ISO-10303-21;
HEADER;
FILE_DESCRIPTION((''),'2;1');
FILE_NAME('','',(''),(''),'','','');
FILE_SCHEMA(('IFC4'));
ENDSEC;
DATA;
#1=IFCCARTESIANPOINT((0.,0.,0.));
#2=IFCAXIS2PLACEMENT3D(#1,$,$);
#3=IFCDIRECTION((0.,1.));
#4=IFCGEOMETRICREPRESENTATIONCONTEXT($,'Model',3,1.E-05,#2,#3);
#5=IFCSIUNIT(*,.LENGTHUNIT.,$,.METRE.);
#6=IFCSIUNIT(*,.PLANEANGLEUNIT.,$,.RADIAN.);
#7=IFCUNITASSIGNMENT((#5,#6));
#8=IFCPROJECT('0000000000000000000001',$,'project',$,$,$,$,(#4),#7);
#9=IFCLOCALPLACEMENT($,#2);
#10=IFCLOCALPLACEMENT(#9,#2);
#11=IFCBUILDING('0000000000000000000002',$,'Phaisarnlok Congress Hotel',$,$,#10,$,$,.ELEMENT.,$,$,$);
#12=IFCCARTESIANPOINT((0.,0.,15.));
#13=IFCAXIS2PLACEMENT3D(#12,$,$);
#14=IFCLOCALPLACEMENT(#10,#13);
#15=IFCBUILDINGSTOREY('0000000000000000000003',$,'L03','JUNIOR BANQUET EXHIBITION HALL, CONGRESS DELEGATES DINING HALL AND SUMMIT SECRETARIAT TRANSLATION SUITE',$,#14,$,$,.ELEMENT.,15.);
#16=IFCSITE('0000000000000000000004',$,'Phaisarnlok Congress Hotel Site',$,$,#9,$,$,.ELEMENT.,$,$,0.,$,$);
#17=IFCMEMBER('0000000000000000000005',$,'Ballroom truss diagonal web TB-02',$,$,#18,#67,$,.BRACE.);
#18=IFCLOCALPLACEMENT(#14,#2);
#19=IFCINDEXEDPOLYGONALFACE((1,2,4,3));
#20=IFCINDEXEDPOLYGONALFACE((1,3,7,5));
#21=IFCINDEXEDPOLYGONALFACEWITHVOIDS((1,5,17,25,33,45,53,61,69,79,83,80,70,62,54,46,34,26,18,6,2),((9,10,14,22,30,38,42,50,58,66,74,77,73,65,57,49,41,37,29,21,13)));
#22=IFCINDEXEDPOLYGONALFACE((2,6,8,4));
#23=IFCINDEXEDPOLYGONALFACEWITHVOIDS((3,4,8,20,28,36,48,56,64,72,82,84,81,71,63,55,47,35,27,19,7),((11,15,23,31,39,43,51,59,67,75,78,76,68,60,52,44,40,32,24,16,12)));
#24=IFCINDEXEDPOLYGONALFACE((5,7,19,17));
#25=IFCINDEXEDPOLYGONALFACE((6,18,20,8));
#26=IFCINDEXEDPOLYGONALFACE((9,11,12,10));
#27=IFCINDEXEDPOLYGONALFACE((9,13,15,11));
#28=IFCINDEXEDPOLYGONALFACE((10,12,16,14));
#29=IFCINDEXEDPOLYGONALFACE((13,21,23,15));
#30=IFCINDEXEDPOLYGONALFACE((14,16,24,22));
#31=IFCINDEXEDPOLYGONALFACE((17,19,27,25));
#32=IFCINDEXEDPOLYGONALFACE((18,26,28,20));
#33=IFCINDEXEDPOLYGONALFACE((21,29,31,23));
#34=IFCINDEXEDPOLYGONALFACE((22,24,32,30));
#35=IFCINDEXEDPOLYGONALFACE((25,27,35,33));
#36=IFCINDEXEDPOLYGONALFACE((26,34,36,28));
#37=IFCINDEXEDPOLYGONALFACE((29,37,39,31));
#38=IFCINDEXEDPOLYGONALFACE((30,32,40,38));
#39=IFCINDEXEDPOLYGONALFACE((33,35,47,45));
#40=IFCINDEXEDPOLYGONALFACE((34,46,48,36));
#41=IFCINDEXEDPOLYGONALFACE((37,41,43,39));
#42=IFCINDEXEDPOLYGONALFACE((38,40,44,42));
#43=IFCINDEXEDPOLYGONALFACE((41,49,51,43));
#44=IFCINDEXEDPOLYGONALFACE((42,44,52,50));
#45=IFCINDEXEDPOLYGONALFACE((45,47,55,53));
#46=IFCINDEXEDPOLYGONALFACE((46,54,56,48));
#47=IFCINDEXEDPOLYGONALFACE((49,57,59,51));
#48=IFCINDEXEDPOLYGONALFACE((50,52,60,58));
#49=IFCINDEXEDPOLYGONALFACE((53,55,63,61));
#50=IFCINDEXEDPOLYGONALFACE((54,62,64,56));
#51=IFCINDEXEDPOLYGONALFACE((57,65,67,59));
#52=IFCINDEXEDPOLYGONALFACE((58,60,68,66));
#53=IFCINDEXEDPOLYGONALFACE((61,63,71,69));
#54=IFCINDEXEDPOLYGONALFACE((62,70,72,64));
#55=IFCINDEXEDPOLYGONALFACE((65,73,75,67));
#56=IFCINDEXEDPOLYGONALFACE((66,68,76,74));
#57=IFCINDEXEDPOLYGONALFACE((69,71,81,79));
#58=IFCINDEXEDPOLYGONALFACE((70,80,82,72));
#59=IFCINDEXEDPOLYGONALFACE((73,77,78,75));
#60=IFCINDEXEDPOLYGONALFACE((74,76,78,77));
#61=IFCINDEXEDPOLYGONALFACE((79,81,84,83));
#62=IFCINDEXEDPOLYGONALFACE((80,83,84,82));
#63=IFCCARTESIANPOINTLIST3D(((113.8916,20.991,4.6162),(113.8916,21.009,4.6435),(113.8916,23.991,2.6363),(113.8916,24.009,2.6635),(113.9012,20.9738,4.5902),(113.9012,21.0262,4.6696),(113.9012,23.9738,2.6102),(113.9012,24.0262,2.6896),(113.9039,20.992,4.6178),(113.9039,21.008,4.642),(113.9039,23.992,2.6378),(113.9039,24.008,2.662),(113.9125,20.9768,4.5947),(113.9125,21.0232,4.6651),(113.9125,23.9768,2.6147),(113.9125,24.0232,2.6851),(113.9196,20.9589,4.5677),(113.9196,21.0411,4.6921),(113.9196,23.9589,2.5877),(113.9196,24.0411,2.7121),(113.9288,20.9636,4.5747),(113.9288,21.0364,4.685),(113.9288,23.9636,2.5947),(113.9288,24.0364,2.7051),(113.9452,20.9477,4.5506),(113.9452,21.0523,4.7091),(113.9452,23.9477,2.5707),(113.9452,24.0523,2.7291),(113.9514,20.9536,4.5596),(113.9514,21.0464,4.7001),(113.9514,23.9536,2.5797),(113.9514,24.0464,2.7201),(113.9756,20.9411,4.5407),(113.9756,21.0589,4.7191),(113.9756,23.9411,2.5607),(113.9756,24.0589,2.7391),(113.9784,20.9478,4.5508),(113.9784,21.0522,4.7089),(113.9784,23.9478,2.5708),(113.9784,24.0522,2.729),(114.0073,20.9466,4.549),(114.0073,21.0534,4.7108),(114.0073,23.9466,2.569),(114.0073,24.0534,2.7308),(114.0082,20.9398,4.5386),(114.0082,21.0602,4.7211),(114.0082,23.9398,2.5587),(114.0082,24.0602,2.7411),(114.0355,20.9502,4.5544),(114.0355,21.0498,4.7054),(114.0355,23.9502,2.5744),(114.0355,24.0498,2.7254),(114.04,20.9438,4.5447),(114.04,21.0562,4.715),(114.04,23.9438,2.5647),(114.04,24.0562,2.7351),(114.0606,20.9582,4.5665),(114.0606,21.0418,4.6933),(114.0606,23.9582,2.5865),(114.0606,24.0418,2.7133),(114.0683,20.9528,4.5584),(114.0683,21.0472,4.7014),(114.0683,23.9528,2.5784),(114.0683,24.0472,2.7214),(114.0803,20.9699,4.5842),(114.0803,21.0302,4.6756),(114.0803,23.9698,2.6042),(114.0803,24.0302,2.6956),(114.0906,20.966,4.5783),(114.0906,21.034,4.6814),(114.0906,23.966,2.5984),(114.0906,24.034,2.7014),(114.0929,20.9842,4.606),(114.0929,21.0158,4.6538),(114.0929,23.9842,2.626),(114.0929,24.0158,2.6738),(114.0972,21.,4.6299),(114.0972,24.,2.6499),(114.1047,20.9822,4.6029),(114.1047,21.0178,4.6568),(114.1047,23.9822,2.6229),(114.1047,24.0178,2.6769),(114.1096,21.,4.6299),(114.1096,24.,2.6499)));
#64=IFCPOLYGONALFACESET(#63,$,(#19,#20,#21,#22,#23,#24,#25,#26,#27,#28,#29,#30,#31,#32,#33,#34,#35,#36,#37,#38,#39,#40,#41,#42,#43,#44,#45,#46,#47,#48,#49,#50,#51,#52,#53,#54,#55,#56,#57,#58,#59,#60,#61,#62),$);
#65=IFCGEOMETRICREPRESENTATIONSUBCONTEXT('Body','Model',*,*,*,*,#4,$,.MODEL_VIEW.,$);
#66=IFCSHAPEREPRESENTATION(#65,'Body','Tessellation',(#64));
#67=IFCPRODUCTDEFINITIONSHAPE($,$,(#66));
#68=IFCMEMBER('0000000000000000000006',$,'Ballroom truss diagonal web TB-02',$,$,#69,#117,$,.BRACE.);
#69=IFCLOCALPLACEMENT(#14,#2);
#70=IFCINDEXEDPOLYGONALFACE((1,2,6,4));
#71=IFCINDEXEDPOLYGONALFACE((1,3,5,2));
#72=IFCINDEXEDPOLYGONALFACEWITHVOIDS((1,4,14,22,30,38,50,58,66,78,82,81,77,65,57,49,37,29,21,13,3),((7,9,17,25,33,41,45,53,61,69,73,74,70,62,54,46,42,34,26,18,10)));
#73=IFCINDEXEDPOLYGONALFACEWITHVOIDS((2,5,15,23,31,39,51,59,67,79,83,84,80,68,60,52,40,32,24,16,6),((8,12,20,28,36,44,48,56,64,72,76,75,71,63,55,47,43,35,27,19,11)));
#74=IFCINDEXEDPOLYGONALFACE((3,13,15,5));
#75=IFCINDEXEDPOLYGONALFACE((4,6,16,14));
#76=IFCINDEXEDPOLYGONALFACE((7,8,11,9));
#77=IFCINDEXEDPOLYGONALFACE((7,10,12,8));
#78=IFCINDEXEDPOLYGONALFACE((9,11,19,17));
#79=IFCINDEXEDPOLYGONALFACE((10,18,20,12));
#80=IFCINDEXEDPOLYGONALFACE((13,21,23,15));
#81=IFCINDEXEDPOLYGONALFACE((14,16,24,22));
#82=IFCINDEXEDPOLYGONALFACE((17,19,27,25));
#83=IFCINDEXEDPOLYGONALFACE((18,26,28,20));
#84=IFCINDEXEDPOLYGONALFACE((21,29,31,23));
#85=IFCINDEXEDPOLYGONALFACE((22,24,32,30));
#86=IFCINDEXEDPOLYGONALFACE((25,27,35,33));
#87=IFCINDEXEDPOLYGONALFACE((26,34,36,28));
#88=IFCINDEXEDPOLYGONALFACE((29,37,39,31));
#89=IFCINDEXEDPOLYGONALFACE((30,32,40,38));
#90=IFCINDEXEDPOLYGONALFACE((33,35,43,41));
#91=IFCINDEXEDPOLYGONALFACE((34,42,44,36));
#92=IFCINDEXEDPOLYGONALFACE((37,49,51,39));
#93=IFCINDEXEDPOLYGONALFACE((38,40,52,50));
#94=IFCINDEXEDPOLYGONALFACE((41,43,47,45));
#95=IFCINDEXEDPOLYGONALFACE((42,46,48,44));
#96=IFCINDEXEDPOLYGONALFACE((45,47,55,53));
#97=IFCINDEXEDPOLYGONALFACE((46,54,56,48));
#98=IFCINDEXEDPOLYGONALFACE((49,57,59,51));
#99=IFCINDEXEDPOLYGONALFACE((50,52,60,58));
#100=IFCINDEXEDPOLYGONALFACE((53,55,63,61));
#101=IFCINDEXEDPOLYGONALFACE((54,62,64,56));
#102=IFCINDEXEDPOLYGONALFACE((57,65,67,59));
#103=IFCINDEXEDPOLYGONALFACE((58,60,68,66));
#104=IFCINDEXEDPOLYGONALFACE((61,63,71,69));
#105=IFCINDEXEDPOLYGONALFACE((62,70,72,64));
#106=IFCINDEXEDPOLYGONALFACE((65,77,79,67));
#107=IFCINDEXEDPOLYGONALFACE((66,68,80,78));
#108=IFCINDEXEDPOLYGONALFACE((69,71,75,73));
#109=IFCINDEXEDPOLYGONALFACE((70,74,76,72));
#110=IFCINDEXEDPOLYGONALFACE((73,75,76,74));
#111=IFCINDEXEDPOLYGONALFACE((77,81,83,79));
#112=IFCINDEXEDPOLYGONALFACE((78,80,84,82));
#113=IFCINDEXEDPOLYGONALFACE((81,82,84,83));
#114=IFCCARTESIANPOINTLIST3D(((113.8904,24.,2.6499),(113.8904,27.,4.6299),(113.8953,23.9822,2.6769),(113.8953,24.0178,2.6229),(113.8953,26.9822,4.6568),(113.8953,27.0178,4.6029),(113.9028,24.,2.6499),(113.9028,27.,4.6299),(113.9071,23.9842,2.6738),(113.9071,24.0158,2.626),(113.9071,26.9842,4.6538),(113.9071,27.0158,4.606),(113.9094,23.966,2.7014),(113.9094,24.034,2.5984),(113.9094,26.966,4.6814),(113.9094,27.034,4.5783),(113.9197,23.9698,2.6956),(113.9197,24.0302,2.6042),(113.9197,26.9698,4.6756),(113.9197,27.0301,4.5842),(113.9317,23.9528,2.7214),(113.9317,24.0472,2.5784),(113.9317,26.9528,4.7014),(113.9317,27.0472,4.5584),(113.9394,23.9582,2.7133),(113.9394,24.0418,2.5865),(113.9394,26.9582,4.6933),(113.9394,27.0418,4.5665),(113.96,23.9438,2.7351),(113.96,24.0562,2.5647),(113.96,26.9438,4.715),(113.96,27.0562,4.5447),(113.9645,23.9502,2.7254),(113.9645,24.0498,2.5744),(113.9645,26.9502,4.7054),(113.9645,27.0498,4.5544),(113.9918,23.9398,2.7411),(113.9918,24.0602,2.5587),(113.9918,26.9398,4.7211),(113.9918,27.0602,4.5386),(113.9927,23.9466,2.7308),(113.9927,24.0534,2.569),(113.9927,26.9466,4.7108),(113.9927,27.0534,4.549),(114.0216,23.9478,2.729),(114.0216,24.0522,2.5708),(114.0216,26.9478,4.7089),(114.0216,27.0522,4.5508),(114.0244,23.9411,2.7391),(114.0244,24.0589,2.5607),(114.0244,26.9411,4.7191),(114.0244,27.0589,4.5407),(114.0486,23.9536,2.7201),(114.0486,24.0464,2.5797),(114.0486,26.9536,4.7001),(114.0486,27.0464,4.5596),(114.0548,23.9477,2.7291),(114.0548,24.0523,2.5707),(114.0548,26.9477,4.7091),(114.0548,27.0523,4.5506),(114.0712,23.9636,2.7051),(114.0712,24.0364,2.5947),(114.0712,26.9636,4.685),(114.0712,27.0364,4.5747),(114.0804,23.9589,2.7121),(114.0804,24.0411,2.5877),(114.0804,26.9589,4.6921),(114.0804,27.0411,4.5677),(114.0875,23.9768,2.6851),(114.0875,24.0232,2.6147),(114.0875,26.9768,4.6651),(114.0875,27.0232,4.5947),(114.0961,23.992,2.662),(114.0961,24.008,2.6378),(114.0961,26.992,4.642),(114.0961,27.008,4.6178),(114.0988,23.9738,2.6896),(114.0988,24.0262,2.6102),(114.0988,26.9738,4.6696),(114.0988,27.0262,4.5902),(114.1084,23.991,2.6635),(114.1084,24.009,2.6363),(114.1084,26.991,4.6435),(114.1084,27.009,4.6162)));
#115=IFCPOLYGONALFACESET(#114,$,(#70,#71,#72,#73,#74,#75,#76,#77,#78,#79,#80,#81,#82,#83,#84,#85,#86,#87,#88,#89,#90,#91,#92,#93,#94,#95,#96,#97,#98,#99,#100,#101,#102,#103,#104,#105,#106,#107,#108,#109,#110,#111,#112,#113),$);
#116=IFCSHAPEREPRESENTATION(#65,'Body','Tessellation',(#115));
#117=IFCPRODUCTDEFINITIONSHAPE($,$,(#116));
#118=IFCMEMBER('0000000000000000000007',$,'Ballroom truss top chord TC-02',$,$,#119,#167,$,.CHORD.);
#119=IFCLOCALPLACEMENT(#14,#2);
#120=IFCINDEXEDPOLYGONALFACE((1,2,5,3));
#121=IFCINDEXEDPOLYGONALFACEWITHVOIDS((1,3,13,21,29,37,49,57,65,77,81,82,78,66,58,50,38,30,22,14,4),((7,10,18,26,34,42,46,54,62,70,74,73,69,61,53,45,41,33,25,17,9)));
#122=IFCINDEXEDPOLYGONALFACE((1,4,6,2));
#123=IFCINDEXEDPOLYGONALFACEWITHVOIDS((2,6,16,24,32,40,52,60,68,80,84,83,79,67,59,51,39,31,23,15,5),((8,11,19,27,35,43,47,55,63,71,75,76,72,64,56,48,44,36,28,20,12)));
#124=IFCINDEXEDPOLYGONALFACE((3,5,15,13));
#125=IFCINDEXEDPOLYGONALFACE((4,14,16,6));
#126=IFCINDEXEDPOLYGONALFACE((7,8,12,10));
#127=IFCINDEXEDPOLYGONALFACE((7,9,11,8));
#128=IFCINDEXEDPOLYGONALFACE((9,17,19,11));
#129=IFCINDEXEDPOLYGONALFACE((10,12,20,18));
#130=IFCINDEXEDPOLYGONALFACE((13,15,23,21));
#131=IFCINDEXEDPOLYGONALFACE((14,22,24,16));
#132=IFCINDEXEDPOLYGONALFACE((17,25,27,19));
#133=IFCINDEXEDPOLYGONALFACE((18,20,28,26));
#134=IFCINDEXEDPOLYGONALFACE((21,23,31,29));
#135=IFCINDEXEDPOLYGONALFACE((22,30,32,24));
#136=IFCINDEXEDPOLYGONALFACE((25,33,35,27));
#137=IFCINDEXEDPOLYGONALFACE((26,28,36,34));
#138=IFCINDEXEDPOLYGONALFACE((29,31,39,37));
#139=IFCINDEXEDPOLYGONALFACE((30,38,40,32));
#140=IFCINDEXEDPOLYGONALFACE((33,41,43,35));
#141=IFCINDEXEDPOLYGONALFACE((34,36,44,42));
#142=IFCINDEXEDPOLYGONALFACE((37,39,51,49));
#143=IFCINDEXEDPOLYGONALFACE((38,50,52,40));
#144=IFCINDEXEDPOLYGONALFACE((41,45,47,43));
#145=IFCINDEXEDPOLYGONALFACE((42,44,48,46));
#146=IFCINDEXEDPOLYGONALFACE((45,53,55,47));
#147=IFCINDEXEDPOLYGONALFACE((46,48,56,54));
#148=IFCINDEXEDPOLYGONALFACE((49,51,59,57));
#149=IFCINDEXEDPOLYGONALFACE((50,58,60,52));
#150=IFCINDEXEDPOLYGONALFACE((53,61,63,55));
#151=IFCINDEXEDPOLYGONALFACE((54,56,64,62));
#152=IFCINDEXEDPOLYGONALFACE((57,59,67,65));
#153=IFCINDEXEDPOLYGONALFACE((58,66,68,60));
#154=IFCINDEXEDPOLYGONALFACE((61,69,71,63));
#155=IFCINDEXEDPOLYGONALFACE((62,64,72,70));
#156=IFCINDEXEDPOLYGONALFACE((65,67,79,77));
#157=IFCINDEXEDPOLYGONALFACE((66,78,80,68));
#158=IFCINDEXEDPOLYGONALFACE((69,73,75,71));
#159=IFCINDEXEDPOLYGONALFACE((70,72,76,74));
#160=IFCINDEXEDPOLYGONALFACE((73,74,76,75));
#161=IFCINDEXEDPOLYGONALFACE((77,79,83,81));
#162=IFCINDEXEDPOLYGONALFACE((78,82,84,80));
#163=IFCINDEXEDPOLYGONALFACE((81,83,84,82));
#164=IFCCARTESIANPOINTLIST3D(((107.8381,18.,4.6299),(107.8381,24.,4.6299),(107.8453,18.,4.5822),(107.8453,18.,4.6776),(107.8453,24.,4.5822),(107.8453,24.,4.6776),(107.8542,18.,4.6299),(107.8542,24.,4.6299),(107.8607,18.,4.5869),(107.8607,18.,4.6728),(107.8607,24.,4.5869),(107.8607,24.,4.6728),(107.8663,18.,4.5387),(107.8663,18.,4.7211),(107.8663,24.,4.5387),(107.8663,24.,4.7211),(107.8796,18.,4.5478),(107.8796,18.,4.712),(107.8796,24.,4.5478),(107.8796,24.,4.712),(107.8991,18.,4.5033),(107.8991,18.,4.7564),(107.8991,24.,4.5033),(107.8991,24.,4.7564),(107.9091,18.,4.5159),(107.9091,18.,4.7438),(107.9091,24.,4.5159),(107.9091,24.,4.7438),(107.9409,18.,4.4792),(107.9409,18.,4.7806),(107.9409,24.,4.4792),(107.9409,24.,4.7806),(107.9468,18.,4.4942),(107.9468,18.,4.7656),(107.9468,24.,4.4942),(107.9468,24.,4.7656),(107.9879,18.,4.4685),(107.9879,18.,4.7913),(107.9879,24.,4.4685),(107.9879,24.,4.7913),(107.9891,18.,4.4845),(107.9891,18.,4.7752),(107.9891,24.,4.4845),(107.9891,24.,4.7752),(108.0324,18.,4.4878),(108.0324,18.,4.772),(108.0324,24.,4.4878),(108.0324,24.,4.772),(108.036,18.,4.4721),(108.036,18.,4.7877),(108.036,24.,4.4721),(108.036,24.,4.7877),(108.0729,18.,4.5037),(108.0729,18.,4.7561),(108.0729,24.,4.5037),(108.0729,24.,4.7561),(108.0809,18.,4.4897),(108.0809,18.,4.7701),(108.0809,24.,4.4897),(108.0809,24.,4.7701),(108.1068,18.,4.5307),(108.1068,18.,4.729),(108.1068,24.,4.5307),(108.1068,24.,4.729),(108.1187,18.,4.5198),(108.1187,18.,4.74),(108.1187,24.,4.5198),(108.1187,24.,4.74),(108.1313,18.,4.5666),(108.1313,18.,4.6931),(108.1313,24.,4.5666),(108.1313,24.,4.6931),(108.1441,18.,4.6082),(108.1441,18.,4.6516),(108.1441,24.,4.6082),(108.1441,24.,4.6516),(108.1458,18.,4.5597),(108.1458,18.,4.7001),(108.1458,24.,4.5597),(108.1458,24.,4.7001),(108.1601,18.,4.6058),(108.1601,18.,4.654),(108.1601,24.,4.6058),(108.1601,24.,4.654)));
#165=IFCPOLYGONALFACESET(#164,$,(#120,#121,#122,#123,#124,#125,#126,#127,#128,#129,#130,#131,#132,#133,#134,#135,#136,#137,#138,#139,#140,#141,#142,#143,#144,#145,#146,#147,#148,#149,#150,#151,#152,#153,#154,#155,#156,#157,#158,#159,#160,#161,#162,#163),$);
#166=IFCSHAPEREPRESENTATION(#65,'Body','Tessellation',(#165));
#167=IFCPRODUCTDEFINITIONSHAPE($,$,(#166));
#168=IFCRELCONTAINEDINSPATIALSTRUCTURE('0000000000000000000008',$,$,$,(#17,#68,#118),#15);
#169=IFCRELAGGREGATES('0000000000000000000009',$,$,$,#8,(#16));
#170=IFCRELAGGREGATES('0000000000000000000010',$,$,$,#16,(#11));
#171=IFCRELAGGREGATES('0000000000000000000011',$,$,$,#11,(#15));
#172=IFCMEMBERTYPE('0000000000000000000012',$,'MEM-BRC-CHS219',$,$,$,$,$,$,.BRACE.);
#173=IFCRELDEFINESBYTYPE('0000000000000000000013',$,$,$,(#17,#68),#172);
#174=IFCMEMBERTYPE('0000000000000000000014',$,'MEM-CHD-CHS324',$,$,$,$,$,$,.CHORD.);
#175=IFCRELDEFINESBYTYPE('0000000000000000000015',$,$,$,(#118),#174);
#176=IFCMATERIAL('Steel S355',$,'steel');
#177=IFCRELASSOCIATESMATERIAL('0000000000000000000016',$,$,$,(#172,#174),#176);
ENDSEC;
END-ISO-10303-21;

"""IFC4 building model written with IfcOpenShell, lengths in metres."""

from ifc_helpers import new_model, si_unit, direction, frame, origin, origin_2d, place, context, subcontext, project, spatial, hollow_circle, extrude, material, material_profile, profile_set, type_object, element, save


model = new_model("IFC4")

# Units and contexts
model_context = context("Model", 3, precision=1e-05, world=origin(), true_north=direction((0.0, 1.0)))
body_context = subcontext(model_context, "Body", "Model", "MODEL_VIEW")
ifc_project = project(units=[si_unit("LENGTHUNIT", "METRE"), si_unit("PLANEANGLEUNIT", "RADIAN")], contexts=[model_context])

# Site, building, storey
site_placement = place(None, origin())
site = spatial("IfcSite", under=ifc_project, at=site_placement, Name="Phaisarnlok Congress Hotel Site", CompositionType="ELEMENT", RefElevation=0.0)
building_placement = place(site_placement, origin())
building = spatial("IfcBuilding", under=site, at=building_placement, Name="Phaisarnlok Congress Hotel", CompositionType="ELEMENT")
storey_placement = place(building_placement, frame((0.0, 0.0, 15.0)))
storey = spatial("IfcBuildingStorey", under=building, at=storey_placement, Name="L03", Description="JUNIOR BANQUET EXHIBITION HALL, CONGRESS DELEGATES DINING HALL AND SUMMIT SECRETARIAT TRANSLATION SUITE", CompositionType="ELEMENT", Elevation=15.0)

# Members
ifc_material = material(Name="Steel S355", Category="steel")
ifc_material_profile_1 = material_profile(ifc_material, hollow_circle(Radius=0.1096, WallThickness=0.0125, at=origin_2d()), Name="CHS 219.1x12.5")
ifc_profile_set_1 = profile_set([ifc_material_profile_1], Name="Steel S355")
member_type_1 = type_object("IfcMemberType", Name="MEM-BRC-CHS219", PredefinedType="BRACE", material=ifc_profile_set_1)
for number, where, z_axis, x_axis, name in (
    (1, (114.0, 24.0, 2.6499), (0.0, -0.834612, 0.550838), (1.0, 0.0, 0.0), "Ballroom truss diagonal web TB-02"),
    (2, (114.0, 24.0, 2.6499), (0.0, 0.834612, 0.550838), (-1.0, 0.0, 0.0), "Ballroom truss diagonal web TB-02"),
):
    element("IfcMember", number, at=place(storey_placement, frame(where, z_axis=z_axis, x_axis=x_axis)), inside=storey, type_object=member_type_1, Name=name, PredefinedType="BRACE", context=body_context, shape_type="SweptSolid", body=[
        extrude(hollow_circle(Radius=0.1096, WallThickness=0.0125, at=origin_2d()), origin(), (0.0, 0.0, 1.0), 3.5945),
    ])
ifc_material_profile_2 = material_profile(ifc_material, hollow_circle(Radius=0.1619, WallThickness=0.0161, at=origin_2d()), Name="CHS 323.9x16")
ifc_profile_set_2 = profile_set([ifc_material_profile_2], Name="Steel S355")
member_type_2 = type_object("IfcMemberType", Name="MEM-CHD-CHS324", PredefinedType="CHORD", material=ifc_profile_set_2)
for number, where, z_axis, x_axis, name in (
    (3, (108.0, 18.0, 4.6299), (0.0, 1.0, 0.0), (-1.0, 0.0, 0.0), "Ballroom truss top chord TC-02"),
):
    element("IfcMember", number, at=place(storey_placement, frame(where, z_axis=z_axis, x_axis=x_axis)), inside=storey, type_object=member_type_2, Name=name, PredefinedType="CHORD", context=body_context, shape_type="SweptSolid", body=[
        extrude(hollow_circle(Radius=0.1619, WallThickness=0.0161, at=origin_2d()), origin(), (0.0, 0.0, 1.0), 6.0),
    ])

save(model, "model.ifc")
